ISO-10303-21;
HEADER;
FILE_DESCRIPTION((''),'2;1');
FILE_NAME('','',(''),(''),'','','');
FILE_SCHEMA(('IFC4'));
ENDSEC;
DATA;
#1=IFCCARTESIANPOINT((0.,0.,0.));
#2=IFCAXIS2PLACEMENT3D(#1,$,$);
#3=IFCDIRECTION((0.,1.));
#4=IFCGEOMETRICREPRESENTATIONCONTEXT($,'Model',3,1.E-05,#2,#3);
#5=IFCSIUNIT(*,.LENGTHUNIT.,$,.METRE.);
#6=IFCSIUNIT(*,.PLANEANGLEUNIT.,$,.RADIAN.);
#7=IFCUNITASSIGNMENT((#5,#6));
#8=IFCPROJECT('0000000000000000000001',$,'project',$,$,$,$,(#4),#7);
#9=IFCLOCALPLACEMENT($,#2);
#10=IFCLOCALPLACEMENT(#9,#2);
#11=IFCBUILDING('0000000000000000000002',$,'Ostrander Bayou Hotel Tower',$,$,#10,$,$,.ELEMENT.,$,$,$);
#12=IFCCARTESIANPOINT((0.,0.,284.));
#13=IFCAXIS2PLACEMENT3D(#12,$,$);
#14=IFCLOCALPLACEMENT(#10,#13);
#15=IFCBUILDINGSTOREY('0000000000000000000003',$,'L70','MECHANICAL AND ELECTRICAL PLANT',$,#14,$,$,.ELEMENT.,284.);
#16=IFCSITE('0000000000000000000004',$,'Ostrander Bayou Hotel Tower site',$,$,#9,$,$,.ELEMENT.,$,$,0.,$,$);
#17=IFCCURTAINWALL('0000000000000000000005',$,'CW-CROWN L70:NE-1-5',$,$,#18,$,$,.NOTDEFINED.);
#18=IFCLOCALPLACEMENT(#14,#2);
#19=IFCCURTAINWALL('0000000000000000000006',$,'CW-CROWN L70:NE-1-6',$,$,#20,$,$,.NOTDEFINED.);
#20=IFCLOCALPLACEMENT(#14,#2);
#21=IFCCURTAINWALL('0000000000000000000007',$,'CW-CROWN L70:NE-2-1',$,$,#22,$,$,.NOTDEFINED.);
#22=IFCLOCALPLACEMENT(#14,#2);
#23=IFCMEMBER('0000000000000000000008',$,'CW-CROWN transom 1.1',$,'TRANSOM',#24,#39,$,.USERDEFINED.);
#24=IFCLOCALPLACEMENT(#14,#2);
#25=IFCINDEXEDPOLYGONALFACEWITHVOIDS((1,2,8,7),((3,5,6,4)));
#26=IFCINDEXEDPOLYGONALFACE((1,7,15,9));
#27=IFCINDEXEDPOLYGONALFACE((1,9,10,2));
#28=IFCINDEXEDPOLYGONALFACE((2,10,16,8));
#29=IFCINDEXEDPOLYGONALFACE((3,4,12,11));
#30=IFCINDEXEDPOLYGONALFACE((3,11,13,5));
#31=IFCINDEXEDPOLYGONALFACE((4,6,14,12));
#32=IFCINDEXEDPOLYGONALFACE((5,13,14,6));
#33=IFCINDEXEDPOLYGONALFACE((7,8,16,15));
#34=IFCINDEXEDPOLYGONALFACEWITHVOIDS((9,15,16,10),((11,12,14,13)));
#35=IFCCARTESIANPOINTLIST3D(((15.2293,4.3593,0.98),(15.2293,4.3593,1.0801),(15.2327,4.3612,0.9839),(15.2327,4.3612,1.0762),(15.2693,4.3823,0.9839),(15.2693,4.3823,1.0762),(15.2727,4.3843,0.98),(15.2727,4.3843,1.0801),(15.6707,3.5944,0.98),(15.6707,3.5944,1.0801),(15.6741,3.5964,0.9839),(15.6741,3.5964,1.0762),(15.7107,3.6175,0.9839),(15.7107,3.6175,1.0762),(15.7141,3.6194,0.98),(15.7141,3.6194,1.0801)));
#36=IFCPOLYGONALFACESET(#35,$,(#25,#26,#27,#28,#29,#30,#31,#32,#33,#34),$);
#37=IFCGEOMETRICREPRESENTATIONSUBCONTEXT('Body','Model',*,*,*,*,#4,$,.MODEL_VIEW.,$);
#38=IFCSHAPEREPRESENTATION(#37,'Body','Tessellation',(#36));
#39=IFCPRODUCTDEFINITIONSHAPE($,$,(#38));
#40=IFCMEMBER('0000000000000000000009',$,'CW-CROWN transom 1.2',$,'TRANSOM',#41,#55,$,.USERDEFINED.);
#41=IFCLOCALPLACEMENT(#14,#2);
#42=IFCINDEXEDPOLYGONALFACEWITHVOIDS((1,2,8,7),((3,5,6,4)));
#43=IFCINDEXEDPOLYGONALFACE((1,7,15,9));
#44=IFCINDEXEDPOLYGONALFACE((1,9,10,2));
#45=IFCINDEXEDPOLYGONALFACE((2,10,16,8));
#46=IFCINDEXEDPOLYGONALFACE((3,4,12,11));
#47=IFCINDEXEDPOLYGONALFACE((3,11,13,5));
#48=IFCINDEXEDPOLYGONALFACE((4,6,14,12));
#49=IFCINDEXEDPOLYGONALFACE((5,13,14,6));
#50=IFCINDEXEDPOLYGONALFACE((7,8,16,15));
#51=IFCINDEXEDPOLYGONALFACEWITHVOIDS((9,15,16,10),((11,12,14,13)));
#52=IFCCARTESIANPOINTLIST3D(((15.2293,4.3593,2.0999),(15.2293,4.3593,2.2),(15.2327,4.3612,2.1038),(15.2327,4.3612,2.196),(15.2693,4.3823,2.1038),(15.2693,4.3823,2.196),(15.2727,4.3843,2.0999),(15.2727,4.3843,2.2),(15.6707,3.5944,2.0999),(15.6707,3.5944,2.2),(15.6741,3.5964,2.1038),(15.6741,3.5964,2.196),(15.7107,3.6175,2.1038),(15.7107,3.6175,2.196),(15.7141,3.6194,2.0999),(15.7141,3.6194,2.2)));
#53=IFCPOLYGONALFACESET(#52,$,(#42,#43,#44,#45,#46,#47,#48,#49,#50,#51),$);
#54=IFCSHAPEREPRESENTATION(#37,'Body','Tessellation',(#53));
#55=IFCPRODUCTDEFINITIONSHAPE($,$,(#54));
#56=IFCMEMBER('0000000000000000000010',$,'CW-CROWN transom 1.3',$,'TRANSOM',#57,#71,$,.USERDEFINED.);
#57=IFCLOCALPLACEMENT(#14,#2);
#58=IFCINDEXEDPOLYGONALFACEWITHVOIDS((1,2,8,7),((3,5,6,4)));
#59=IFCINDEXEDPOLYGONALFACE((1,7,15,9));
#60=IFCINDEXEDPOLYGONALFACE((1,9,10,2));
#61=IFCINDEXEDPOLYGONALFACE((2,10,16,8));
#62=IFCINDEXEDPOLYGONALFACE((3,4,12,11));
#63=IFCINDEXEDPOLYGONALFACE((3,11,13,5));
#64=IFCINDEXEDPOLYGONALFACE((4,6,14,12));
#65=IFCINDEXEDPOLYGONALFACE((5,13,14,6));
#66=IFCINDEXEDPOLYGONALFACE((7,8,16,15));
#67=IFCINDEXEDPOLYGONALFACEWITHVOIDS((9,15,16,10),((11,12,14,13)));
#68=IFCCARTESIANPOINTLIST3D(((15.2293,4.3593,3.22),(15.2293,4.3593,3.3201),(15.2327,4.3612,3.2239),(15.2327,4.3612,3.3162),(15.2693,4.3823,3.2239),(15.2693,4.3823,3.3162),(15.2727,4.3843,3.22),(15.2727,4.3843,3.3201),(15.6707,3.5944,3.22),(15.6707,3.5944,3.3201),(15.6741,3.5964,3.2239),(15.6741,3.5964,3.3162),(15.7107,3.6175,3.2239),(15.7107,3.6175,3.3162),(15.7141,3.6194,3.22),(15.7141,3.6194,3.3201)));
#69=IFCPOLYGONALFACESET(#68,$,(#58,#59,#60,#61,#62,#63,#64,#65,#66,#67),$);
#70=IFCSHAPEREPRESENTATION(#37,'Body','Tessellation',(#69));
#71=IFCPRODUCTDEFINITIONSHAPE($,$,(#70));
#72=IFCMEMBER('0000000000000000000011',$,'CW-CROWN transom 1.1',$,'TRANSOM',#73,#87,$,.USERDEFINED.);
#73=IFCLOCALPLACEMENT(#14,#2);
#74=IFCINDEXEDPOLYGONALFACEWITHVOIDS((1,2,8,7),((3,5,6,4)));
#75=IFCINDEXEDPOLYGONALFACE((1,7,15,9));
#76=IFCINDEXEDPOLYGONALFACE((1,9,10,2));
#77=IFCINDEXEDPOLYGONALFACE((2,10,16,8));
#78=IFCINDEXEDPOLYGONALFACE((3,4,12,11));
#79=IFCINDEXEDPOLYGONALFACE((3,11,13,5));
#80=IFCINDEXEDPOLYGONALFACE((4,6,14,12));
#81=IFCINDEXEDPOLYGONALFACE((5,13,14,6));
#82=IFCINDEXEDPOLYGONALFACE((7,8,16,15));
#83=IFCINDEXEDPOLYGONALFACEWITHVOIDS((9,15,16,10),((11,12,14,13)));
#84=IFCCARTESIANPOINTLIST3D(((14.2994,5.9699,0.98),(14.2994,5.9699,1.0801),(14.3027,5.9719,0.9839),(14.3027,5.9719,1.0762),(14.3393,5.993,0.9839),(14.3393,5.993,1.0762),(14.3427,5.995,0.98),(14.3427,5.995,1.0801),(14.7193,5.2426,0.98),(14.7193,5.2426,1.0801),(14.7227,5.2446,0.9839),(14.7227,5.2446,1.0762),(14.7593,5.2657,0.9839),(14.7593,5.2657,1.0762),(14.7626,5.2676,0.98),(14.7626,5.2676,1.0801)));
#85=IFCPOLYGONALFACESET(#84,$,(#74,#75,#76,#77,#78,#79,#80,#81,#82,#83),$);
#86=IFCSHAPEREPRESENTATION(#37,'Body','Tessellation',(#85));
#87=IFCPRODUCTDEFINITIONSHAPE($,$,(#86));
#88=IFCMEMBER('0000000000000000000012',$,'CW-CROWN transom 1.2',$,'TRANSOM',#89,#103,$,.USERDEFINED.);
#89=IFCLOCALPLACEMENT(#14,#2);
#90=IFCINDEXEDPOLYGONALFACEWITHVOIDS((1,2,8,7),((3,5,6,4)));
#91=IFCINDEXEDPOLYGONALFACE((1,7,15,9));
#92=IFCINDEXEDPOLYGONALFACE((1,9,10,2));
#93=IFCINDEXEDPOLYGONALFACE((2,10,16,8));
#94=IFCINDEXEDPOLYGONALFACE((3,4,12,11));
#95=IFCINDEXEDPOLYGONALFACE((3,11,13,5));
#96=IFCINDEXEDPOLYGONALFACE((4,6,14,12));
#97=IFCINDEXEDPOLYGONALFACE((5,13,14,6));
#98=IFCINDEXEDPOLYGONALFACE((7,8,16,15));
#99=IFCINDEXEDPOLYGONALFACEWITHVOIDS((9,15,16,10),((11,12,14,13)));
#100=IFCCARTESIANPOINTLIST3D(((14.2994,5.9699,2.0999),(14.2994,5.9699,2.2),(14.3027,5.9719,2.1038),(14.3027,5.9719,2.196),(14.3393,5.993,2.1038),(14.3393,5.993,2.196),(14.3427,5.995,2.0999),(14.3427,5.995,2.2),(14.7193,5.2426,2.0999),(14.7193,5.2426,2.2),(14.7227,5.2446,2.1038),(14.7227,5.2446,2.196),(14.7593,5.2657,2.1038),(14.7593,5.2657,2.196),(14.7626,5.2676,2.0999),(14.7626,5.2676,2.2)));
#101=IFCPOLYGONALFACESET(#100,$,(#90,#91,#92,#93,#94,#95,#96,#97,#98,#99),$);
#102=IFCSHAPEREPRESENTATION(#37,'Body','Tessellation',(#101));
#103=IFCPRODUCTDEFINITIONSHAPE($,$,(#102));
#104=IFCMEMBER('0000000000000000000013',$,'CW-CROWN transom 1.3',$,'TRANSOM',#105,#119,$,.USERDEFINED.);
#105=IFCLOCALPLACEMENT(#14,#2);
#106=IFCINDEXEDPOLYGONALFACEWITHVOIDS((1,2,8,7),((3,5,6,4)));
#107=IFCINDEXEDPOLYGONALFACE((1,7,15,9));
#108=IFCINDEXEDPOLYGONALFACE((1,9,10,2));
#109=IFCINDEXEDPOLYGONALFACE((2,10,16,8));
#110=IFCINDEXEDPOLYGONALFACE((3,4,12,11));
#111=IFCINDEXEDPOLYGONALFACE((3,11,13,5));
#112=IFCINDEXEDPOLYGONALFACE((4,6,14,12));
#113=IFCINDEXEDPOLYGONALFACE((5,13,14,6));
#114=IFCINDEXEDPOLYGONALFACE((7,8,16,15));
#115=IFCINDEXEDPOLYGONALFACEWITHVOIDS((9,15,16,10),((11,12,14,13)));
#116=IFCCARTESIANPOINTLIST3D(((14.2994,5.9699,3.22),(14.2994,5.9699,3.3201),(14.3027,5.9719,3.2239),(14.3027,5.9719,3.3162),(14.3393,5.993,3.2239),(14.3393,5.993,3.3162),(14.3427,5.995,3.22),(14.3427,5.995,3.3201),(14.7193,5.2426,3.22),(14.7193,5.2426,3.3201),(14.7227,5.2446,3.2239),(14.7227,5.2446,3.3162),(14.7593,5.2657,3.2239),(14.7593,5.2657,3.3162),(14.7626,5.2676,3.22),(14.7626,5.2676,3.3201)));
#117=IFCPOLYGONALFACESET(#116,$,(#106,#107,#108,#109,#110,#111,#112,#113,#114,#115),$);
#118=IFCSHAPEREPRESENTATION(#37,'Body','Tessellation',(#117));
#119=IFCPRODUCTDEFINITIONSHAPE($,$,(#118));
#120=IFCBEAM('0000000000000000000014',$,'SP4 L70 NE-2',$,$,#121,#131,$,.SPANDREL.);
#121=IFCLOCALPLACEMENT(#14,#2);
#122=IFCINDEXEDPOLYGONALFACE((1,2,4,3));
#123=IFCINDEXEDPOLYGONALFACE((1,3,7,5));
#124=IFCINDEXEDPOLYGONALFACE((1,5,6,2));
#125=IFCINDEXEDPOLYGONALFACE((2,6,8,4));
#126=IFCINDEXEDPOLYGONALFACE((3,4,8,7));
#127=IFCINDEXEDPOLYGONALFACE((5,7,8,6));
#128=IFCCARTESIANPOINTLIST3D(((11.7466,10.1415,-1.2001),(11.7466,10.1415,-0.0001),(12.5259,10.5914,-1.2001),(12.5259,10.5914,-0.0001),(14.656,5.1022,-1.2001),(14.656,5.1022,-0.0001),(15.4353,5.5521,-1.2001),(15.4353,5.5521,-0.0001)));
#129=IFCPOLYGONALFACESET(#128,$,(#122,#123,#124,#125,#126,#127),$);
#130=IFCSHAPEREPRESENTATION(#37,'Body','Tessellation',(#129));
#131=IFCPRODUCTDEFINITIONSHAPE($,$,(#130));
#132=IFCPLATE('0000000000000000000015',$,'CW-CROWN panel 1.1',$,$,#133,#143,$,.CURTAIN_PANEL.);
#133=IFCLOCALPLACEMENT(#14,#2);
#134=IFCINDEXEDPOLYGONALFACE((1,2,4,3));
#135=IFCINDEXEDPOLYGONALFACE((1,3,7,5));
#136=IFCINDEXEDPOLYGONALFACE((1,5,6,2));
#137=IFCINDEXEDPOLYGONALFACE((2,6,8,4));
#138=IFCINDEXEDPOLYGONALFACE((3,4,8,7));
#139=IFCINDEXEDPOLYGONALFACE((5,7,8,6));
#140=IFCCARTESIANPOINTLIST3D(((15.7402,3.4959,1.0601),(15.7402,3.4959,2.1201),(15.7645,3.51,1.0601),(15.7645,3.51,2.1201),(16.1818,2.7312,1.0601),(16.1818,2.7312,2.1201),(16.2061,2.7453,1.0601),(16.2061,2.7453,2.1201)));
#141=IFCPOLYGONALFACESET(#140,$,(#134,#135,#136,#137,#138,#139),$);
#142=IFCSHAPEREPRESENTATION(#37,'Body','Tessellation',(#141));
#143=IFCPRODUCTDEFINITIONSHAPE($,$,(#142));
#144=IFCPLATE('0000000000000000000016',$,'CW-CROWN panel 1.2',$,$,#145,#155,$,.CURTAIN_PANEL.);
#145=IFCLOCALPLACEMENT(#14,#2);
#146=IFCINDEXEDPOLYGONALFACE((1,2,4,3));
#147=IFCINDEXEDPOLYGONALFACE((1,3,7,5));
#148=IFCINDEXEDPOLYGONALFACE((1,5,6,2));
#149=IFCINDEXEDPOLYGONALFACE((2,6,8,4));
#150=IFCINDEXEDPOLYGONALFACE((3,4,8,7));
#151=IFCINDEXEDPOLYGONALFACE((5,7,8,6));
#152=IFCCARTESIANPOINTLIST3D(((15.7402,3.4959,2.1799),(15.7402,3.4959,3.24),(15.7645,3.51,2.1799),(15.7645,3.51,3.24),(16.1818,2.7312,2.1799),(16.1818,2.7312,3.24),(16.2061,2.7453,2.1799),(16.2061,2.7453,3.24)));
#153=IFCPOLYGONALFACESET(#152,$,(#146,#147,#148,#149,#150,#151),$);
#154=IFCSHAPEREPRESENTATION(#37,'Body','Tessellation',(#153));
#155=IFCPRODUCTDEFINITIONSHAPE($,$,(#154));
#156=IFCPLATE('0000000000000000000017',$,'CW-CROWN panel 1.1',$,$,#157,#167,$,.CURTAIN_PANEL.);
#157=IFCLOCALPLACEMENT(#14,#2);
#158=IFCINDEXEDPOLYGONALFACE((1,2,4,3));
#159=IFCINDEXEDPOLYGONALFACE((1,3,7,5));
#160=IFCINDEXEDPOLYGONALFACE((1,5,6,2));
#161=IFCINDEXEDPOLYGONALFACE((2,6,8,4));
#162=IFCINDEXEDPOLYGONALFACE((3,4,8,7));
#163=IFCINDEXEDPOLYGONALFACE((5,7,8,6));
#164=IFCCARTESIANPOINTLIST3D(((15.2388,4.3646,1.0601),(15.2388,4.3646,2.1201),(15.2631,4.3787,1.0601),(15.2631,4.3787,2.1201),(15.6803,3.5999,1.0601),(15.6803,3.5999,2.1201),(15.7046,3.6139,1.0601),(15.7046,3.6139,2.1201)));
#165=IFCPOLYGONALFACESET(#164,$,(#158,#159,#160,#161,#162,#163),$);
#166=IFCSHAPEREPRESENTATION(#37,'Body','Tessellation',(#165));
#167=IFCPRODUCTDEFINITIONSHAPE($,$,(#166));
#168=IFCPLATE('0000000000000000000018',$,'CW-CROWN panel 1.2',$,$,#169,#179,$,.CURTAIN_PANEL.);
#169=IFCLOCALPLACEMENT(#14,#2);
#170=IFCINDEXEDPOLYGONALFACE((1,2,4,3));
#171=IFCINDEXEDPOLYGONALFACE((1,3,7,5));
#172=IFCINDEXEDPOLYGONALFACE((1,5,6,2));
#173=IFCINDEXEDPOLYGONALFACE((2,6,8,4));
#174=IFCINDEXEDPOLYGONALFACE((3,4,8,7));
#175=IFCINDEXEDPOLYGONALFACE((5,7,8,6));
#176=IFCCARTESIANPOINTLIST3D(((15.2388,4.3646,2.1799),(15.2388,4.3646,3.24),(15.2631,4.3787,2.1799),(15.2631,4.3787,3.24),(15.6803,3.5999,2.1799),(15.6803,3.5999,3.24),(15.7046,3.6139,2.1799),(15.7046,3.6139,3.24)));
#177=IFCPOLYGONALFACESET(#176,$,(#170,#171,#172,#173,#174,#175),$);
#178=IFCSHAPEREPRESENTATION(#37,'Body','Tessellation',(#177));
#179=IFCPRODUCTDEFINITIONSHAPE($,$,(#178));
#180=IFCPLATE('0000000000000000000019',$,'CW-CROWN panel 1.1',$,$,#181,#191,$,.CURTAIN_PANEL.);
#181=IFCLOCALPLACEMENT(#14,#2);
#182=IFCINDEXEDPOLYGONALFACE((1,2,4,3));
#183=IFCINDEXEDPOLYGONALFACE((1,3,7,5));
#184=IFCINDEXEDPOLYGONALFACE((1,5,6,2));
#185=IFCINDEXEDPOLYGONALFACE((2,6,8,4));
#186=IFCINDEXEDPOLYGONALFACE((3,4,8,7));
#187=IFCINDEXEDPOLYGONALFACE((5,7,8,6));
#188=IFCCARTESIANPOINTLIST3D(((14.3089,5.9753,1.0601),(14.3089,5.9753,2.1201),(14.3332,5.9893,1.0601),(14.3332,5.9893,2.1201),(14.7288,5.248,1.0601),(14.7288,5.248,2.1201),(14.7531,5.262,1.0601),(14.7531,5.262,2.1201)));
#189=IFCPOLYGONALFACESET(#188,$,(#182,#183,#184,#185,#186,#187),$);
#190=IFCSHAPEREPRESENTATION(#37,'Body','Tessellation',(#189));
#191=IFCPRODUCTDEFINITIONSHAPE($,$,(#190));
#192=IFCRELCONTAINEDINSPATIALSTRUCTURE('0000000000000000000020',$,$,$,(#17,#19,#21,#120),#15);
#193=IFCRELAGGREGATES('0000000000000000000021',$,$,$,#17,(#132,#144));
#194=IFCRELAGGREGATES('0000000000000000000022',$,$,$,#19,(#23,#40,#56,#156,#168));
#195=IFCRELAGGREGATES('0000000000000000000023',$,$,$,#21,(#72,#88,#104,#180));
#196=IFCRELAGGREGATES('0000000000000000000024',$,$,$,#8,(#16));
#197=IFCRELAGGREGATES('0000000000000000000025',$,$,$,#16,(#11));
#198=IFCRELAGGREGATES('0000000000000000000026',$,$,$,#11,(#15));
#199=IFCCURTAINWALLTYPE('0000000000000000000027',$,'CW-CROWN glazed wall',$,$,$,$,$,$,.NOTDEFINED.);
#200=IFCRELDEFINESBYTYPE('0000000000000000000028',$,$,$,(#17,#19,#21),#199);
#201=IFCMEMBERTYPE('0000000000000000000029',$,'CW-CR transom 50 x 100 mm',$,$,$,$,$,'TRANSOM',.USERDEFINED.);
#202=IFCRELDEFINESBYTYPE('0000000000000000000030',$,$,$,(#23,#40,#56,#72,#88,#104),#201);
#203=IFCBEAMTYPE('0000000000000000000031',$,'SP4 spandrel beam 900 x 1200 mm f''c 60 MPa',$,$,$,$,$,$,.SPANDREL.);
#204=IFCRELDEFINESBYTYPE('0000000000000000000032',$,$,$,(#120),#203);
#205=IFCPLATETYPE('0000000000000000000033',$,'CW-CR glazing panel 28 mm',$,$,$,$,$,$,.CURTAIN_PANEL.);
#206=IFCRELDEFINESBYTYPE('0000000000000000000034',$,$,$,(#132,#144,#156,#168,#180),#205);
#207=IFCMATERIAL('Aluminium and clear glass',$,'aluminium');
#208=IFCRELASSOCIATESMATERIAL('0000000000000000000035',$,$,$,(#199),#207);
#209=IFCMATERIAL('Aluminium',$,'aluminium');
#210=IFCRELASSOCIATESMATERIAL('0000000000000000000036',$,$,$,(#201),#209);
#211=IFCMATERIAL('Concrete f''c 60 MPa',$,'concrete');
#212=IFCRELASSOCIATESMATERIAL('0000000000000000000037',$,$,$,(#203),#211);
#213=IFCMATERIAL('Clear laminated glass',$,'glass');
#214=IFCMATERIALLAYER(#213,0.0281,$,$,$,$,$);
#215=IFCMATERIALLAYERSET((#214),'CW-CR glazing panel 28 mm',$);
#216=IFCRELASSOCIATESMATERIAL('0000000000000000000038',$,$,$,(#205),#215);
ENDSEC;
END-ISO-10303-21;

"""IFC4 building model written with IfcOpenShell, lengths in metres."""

from ifc_helpers import new_model, si_unit, direction, frame, origin, origin_2d, place, context, subcontext, project, spatial, rectangle, hollow_rectangle, extrude, material, layer, layer_set, material_profile, profile_set, type_object, element, aggregate, save


model = new_model("IFC4")

# Units and contexts
model_context = context("Model", 3, precision=1e-05, world=origin(), true_north=direction((0.0, 1.0)))
body_context = subcontext(model_context, "Body", "Model", "MODEL_VIEW")
ifc_project = project(units=[si_unit("LENGTHUNIT", "METRE"), si_unit("PLANEANGLEUNIT", "RADIAN")], contexts=[model_context])

# Site, building, storey
site_placement = place(None, origin())
site = spatial("IfcSite", under=ifc_project, at=site_placement, Name="Ostrander Bayou Hotel Tower site", CompositionType="ELEMENT", RefElevation=0.0)
building_placement = place(site_placement, origin())
building = spatial("IfcBuilding", under=site, at=building_placement, Name="Ostrander Bayou Hotel Tower", CompositionType="ELEMENT")
storey_placement = place(building_placement, frame((0.0, 0.0, 284.0)))
storey = spatial("IfcBuildingStorey", under=building, at=storey_placement, Name="L70", Description="MECHANICAL AND ELECTRICAL PLANT", CompositionType="ELEMENT", Elevation=284.0)

# Curtain walls
ifc_material_1 = material(Name="Aluminium and clear glass", Category="aluminium")
curtain_wall_type = type_object("IfcCurtainWallType", Name="CW-CROWN glazed wall", PredefinedType="NOTDEFINED", material=ifc_material_1)
curtain_wall_1_placement = place(storey_placement, origin())
curtain_wall_1 = element("IfcCurtainWall", 1, at=curtain_wall_1_placement, inside=storey, type_object=curtain_wall_type, Name="CW-CROWN L70:NE-1-5", PredefinedType="NOTDEFINED")
curtain_wall_2_placement = place(storey_placement, origin())
curtain_wall_2 = element("IfcCurtainWall", 2, at=curtain_wall_2_placement, inside=storey, type_object=curtain_wall_type, Name="CW-CROWN L70:NE-1-6", PredefinedType="NOTDEFINED")
curtain_wall_3_placement = place(storey_placement, origin())
curtain_wall_3 = element("IfcCurtainWall", 3, at=curtain_wall_3_placement, inside=storey, type_object=curtain_wall_type, Name="CW-CROWN L70:NE-2-1", PredefinedType="NOTDEFINED")

# Members
ifc_material_2 = material(Name="Aluminium", Category="aluminium")
ifc_material_profile_1 = material_profile(ifc_material_2, hollow_rectangle(XDim=0.05, YDim=0.1001, WallThickness=0.0039, at=origin_2d()))
ifc_profile_set_1 = profile_set([ifc_material_profile_1], Name="Aluminium")
member_type_1 = type_object("IfcMemberType", Name="CW-CR transom 50 x 100 mm", ElementType="TRANSOM", PredefinedType="USERDEFINED", material=ifc_profile_set_1)
member_1_placement = place(storey_placement, frame((15.6924, 3.6069, 1.03), z_axis=(-0.499826, 0.866126, 0.0), x_axis=(-0.866126, -0.499826, 0.0)))
member_1 = element("IfcMember", 4, at=member_1_placement, type_object=member_type_1, Name="CW-CROWN transom 1.1", ObjectType="TRANSOM", PredefinedType="USERDEFINED", context=body_context, shape_type="SweptSolid", body=[
    extrude(hollow_rectangle(XDim=0.05, YDim=0.1001, WallThickness=0.0039, at=origin_2d()), origin(), (0.0, 0.0, 1.0), 0.8831),
])
member_2_placement = place(storey_placement, frame((15.6924, 3.6069, 2.1499), z_axis=(-0.499826, 0.866126, 0.0), x_axis=(-0.866126, -0.499826, 0.0)))
member_2 = element("IfcMember", 5, at=member_2_placement, type_object=member_type_1, Name="CW-CROWN transom 1.2", ObjectType="TRANSOM", PredefinedType="USERDEFINED", context=body_context, shape_type="SweptSolid", body=[
    extrude(hollow_rectangle(XDim=0.05, YDim=0.1001, WallThickness=0.0039, at=origin_2d()), origin(), (0.0, 0.0, 1.0), 0.8831),
])
member_3_placement = place(storey_placement, frame((15.6924, 3.6069, 3.27), z_axis=(-0.499826, 0.866126, 0.0), x_axis=(-0.866126, -0.499826, 0.0)))
member_3 = element("IfcMember", 6, at=member_3_placement, type_object=member_type_1, Name="CW-CROWN transom 1.3", ObjectType="TRANSOM", PredefinedType="USERDEFINED", context=body_context, shape_type="SweptSolid", body=[
    extrude(hollow_rectangle(XDim=0.05, YDim=0.1001, WallThickness=0.0039, at=origin_2d()), origin(), (0.0, 0.0, 1.0), 0.8831),
])
member_4_placement = place(storey_placement, frame((14.741, 5.2551, 1.03), z_axis=(-0.500016, 0.866016, 0.0), x_axis=(-0.866016, -0.500016, 0.0)))
member_4 = element("IfcMember", 7, at=member_4_placement, type_object=member_type_1, Name="CW-CROWN transom 1.1", ObjectType="TRANSOM", PredefinedType="USERDEFINED", context=body_context, shape_type="SweptSolid", body=[
    extrude(hollow_rectangle(XDim=0.05, YDim=0.1001, WallThickness=0.0039, at=origin_2d()), origin(), (0.0, 0.0, 1.0), 0.8398),
])
member_5_placement = place(storey_placement, frame((14.741, 5.2551, 2.1499), z_axis=(-0.500016, 0.866016, 0.0), x_axis=(-0.866016, -0.500016, 0.0)))
member_5 = element("IfcMember", 8, at=member_5_placement, type_object=member_type_1, Name="CW-CROWN transom 1.2", ObjectType="TRANSOM", PredefinedType="USERDEFINED", context=body_context, shape_type="SweptSolid", body=[
    extrude(hollow_rectangle(XDim=0.05, YDim=0.1001, WallThickness=0.0039, at=origin_2d()), origin(), (0.0, 0.0, 1.0), 0.8398),
])
member_6_placement = place(storey_placement, frame((14.741, 5.2551, 3.27), z_axis=(-0.500016, 0.866016, 0.0), x_axis=(-0.866016, -0.500016, 0.0)))
member_6 = element("IfcMember", 9, at=member_6_placement, type_object=member_type_1, Name="CW-CROWN transom 1.3", ObjectType="TRANSOM", PredefinedType="USERDEFINED", context=body_context, shape_type="SweptSolid", body=[
    extrude(hollow_rectangle(XDim=0.05, YDim=0.1001, WallThickness=0.0039, at=origin_2d()), origin(), (0.0, 0.0, 1.0), 0.8398),
])

# Beam
ifc_material_3 = material(Name="Concrete f'c 60 MPa", Category="concrete")
ifc_material_profile_2 = material_profile(ifc_material_3, rectangle(XDim=0.8999, YDim=1.2, at=origin_2d()))
ifc_profile_set_2 = profile_set([ifc_material_profile_2], Name="Concrete f'c 60 MPa")
beam_type = type_object("IfcBeamType", Name="SP4 spandrel beam 900 x 1200 mm f'c 60 MPa", PredefinedType="SPANDREL", material=ifc_profile_set_2)
beam_placement = place(storey_placement, frame((15.0457, 5.3271, -0.6001), z_axis=(-0.499997, 0.866027, 0.0), x_axis=(-0.866027, -0.499997, 0.0)))
element("IfcBeam", 10, at=beam_placement, inside=storey, type_object=beam_type, Name="SP4 L70 NE-2", PredefinedType="SPANDREL", context=body_context, shape_type="SweptSolid", body=[
    extrude(rectangle(XDim=0.8999, YDim=1.2, at=origin_2d()), origin(), (0.0, 0.0, 1.0), 5.8188),
])

# Plates
ifc_material_4 = material(Name="Clear laminated glass", Category="glass")
ifc_layer_1 = layer(ifc_material_4, 0.0281)
ifc_layer_set_1 = layer_set([ifc_layer_1], Name="CW-CR glazing panel 28 mm")
plate_type = type_object("IfcPlateType", Name="CW-CR glazing panel 28 mm", PredefinedType="CURTAIN_PANEL", material=ifc_layer_set_1)
plate_1_placement = place(storey_placement, frame((15.9731, 3.1206, 1.0601), z_axis=(0.0, 0.0, 1.0), x_axis=(-0.500042, 0.866001, 0.0)))
plate_1 = element("IfcPlate", 11, at=plate_1_placement, type_object=plate_type, Name="CW-CROWN panel 1.1", PredefinedType="CURTAIN_PANEL", context=body_context, shape_type="SweptSolid", body=[
    extrude(rectangle(XDim=0.8831, YDim=0.0281, at=origin_2d()), origin(), (0.0, 0.0, 1.0), 1.0601),
])
plate_2_placement = place(storey_placement, frame((15.9731, 3.1206, 2.1799), z_axis=(0.0, 0.0, 1.0), x_axis=(-0.500042, 0.866001, 0.0)))
plate_2 = element("IfcPlate", 12, at=plate_2_placement, type_object=plate_type, Name="CW-CROWN panel 1.2", PredefinedType="CURTAIN_PANEL", context=body_context, shape_type="SweptSolid", body=[
    extrude(rectangle(XDim=0.8831, YDim=0.0281, at=origin_2d()), origin(), (0.0, 0.0, 1.0), 1.0601),
])
aggregate(curtain_wall_1, [plate_1, plate_2])
plate_3_placement = place(storey_placement, frame((15.4717, 3.9893, 1.0601), z_axis=(0.0, 0.0, 1.0), x_axis=(-0.499967, 0.866044, 0.0)))
plate_3 = element("IfcPlate", 13, at=plate_3_placement, type_object=plate_type, Name="CW-CROWN panel 1.1", PredefinedType="CURTAIN_PANEL", context=body_context, shape_type="SweptSolid", body=[
    extrude(rectangle(XDim=0.8831, YDim=0.0281, at=origin_2d()), origin(), (0.0, 0.0, 1.0), 1.0601),
])
plate_4_placement = place(storey_placement, frame((15.4717, 3.9893, 2.1799), z_axis=(0.0, 0.0, 1.0), x_axis=(-0.499967, 0.866044, 0.0)))
plate_4 = element("IfcPlate", 14, at=plate_4_placement, type_object=plate_type, Name="CW-CROWN panel 1.2", PredefinedType="CURTAIN_PANEL", context=body_context, shape_type="SweptSolid", body=[
    extrude(rectangle(XDim=0.8831, YDim=0.0281, at=origin_2d()), origin(), (0.0, 0.0, 1.0), 1.0601),
])
aggregate(curtain_wall_2, [member_1, member_2, member_3, plate_3, plate_4])
plate_5_placement = place(storey_placement, frame((14.531, 5.6187, 1.0601), z_axis=(0.0, 0.0, 1.0), x_axis=(-0.500005, 0.866022, 0.0)))
plate_5 = element("IfcPlate", 15, at=plate_5_placement, type_object=plate_type, Name="CW-CROWN panel 1.1", PredefinedType="CURTAIN_PANEL", context=body_context, shape_type="SweptSolid", body=[
    extrude(rectangle(XDim=0.8398, YDim=0.0281, at=origin_2d()), origin(), (0.0, 0.0, 1.0), 1.0601),
])
aggregate(curtain_wall_3, [member_4, member_5, member_6, plate_5])

save(model, "model.ifc")
